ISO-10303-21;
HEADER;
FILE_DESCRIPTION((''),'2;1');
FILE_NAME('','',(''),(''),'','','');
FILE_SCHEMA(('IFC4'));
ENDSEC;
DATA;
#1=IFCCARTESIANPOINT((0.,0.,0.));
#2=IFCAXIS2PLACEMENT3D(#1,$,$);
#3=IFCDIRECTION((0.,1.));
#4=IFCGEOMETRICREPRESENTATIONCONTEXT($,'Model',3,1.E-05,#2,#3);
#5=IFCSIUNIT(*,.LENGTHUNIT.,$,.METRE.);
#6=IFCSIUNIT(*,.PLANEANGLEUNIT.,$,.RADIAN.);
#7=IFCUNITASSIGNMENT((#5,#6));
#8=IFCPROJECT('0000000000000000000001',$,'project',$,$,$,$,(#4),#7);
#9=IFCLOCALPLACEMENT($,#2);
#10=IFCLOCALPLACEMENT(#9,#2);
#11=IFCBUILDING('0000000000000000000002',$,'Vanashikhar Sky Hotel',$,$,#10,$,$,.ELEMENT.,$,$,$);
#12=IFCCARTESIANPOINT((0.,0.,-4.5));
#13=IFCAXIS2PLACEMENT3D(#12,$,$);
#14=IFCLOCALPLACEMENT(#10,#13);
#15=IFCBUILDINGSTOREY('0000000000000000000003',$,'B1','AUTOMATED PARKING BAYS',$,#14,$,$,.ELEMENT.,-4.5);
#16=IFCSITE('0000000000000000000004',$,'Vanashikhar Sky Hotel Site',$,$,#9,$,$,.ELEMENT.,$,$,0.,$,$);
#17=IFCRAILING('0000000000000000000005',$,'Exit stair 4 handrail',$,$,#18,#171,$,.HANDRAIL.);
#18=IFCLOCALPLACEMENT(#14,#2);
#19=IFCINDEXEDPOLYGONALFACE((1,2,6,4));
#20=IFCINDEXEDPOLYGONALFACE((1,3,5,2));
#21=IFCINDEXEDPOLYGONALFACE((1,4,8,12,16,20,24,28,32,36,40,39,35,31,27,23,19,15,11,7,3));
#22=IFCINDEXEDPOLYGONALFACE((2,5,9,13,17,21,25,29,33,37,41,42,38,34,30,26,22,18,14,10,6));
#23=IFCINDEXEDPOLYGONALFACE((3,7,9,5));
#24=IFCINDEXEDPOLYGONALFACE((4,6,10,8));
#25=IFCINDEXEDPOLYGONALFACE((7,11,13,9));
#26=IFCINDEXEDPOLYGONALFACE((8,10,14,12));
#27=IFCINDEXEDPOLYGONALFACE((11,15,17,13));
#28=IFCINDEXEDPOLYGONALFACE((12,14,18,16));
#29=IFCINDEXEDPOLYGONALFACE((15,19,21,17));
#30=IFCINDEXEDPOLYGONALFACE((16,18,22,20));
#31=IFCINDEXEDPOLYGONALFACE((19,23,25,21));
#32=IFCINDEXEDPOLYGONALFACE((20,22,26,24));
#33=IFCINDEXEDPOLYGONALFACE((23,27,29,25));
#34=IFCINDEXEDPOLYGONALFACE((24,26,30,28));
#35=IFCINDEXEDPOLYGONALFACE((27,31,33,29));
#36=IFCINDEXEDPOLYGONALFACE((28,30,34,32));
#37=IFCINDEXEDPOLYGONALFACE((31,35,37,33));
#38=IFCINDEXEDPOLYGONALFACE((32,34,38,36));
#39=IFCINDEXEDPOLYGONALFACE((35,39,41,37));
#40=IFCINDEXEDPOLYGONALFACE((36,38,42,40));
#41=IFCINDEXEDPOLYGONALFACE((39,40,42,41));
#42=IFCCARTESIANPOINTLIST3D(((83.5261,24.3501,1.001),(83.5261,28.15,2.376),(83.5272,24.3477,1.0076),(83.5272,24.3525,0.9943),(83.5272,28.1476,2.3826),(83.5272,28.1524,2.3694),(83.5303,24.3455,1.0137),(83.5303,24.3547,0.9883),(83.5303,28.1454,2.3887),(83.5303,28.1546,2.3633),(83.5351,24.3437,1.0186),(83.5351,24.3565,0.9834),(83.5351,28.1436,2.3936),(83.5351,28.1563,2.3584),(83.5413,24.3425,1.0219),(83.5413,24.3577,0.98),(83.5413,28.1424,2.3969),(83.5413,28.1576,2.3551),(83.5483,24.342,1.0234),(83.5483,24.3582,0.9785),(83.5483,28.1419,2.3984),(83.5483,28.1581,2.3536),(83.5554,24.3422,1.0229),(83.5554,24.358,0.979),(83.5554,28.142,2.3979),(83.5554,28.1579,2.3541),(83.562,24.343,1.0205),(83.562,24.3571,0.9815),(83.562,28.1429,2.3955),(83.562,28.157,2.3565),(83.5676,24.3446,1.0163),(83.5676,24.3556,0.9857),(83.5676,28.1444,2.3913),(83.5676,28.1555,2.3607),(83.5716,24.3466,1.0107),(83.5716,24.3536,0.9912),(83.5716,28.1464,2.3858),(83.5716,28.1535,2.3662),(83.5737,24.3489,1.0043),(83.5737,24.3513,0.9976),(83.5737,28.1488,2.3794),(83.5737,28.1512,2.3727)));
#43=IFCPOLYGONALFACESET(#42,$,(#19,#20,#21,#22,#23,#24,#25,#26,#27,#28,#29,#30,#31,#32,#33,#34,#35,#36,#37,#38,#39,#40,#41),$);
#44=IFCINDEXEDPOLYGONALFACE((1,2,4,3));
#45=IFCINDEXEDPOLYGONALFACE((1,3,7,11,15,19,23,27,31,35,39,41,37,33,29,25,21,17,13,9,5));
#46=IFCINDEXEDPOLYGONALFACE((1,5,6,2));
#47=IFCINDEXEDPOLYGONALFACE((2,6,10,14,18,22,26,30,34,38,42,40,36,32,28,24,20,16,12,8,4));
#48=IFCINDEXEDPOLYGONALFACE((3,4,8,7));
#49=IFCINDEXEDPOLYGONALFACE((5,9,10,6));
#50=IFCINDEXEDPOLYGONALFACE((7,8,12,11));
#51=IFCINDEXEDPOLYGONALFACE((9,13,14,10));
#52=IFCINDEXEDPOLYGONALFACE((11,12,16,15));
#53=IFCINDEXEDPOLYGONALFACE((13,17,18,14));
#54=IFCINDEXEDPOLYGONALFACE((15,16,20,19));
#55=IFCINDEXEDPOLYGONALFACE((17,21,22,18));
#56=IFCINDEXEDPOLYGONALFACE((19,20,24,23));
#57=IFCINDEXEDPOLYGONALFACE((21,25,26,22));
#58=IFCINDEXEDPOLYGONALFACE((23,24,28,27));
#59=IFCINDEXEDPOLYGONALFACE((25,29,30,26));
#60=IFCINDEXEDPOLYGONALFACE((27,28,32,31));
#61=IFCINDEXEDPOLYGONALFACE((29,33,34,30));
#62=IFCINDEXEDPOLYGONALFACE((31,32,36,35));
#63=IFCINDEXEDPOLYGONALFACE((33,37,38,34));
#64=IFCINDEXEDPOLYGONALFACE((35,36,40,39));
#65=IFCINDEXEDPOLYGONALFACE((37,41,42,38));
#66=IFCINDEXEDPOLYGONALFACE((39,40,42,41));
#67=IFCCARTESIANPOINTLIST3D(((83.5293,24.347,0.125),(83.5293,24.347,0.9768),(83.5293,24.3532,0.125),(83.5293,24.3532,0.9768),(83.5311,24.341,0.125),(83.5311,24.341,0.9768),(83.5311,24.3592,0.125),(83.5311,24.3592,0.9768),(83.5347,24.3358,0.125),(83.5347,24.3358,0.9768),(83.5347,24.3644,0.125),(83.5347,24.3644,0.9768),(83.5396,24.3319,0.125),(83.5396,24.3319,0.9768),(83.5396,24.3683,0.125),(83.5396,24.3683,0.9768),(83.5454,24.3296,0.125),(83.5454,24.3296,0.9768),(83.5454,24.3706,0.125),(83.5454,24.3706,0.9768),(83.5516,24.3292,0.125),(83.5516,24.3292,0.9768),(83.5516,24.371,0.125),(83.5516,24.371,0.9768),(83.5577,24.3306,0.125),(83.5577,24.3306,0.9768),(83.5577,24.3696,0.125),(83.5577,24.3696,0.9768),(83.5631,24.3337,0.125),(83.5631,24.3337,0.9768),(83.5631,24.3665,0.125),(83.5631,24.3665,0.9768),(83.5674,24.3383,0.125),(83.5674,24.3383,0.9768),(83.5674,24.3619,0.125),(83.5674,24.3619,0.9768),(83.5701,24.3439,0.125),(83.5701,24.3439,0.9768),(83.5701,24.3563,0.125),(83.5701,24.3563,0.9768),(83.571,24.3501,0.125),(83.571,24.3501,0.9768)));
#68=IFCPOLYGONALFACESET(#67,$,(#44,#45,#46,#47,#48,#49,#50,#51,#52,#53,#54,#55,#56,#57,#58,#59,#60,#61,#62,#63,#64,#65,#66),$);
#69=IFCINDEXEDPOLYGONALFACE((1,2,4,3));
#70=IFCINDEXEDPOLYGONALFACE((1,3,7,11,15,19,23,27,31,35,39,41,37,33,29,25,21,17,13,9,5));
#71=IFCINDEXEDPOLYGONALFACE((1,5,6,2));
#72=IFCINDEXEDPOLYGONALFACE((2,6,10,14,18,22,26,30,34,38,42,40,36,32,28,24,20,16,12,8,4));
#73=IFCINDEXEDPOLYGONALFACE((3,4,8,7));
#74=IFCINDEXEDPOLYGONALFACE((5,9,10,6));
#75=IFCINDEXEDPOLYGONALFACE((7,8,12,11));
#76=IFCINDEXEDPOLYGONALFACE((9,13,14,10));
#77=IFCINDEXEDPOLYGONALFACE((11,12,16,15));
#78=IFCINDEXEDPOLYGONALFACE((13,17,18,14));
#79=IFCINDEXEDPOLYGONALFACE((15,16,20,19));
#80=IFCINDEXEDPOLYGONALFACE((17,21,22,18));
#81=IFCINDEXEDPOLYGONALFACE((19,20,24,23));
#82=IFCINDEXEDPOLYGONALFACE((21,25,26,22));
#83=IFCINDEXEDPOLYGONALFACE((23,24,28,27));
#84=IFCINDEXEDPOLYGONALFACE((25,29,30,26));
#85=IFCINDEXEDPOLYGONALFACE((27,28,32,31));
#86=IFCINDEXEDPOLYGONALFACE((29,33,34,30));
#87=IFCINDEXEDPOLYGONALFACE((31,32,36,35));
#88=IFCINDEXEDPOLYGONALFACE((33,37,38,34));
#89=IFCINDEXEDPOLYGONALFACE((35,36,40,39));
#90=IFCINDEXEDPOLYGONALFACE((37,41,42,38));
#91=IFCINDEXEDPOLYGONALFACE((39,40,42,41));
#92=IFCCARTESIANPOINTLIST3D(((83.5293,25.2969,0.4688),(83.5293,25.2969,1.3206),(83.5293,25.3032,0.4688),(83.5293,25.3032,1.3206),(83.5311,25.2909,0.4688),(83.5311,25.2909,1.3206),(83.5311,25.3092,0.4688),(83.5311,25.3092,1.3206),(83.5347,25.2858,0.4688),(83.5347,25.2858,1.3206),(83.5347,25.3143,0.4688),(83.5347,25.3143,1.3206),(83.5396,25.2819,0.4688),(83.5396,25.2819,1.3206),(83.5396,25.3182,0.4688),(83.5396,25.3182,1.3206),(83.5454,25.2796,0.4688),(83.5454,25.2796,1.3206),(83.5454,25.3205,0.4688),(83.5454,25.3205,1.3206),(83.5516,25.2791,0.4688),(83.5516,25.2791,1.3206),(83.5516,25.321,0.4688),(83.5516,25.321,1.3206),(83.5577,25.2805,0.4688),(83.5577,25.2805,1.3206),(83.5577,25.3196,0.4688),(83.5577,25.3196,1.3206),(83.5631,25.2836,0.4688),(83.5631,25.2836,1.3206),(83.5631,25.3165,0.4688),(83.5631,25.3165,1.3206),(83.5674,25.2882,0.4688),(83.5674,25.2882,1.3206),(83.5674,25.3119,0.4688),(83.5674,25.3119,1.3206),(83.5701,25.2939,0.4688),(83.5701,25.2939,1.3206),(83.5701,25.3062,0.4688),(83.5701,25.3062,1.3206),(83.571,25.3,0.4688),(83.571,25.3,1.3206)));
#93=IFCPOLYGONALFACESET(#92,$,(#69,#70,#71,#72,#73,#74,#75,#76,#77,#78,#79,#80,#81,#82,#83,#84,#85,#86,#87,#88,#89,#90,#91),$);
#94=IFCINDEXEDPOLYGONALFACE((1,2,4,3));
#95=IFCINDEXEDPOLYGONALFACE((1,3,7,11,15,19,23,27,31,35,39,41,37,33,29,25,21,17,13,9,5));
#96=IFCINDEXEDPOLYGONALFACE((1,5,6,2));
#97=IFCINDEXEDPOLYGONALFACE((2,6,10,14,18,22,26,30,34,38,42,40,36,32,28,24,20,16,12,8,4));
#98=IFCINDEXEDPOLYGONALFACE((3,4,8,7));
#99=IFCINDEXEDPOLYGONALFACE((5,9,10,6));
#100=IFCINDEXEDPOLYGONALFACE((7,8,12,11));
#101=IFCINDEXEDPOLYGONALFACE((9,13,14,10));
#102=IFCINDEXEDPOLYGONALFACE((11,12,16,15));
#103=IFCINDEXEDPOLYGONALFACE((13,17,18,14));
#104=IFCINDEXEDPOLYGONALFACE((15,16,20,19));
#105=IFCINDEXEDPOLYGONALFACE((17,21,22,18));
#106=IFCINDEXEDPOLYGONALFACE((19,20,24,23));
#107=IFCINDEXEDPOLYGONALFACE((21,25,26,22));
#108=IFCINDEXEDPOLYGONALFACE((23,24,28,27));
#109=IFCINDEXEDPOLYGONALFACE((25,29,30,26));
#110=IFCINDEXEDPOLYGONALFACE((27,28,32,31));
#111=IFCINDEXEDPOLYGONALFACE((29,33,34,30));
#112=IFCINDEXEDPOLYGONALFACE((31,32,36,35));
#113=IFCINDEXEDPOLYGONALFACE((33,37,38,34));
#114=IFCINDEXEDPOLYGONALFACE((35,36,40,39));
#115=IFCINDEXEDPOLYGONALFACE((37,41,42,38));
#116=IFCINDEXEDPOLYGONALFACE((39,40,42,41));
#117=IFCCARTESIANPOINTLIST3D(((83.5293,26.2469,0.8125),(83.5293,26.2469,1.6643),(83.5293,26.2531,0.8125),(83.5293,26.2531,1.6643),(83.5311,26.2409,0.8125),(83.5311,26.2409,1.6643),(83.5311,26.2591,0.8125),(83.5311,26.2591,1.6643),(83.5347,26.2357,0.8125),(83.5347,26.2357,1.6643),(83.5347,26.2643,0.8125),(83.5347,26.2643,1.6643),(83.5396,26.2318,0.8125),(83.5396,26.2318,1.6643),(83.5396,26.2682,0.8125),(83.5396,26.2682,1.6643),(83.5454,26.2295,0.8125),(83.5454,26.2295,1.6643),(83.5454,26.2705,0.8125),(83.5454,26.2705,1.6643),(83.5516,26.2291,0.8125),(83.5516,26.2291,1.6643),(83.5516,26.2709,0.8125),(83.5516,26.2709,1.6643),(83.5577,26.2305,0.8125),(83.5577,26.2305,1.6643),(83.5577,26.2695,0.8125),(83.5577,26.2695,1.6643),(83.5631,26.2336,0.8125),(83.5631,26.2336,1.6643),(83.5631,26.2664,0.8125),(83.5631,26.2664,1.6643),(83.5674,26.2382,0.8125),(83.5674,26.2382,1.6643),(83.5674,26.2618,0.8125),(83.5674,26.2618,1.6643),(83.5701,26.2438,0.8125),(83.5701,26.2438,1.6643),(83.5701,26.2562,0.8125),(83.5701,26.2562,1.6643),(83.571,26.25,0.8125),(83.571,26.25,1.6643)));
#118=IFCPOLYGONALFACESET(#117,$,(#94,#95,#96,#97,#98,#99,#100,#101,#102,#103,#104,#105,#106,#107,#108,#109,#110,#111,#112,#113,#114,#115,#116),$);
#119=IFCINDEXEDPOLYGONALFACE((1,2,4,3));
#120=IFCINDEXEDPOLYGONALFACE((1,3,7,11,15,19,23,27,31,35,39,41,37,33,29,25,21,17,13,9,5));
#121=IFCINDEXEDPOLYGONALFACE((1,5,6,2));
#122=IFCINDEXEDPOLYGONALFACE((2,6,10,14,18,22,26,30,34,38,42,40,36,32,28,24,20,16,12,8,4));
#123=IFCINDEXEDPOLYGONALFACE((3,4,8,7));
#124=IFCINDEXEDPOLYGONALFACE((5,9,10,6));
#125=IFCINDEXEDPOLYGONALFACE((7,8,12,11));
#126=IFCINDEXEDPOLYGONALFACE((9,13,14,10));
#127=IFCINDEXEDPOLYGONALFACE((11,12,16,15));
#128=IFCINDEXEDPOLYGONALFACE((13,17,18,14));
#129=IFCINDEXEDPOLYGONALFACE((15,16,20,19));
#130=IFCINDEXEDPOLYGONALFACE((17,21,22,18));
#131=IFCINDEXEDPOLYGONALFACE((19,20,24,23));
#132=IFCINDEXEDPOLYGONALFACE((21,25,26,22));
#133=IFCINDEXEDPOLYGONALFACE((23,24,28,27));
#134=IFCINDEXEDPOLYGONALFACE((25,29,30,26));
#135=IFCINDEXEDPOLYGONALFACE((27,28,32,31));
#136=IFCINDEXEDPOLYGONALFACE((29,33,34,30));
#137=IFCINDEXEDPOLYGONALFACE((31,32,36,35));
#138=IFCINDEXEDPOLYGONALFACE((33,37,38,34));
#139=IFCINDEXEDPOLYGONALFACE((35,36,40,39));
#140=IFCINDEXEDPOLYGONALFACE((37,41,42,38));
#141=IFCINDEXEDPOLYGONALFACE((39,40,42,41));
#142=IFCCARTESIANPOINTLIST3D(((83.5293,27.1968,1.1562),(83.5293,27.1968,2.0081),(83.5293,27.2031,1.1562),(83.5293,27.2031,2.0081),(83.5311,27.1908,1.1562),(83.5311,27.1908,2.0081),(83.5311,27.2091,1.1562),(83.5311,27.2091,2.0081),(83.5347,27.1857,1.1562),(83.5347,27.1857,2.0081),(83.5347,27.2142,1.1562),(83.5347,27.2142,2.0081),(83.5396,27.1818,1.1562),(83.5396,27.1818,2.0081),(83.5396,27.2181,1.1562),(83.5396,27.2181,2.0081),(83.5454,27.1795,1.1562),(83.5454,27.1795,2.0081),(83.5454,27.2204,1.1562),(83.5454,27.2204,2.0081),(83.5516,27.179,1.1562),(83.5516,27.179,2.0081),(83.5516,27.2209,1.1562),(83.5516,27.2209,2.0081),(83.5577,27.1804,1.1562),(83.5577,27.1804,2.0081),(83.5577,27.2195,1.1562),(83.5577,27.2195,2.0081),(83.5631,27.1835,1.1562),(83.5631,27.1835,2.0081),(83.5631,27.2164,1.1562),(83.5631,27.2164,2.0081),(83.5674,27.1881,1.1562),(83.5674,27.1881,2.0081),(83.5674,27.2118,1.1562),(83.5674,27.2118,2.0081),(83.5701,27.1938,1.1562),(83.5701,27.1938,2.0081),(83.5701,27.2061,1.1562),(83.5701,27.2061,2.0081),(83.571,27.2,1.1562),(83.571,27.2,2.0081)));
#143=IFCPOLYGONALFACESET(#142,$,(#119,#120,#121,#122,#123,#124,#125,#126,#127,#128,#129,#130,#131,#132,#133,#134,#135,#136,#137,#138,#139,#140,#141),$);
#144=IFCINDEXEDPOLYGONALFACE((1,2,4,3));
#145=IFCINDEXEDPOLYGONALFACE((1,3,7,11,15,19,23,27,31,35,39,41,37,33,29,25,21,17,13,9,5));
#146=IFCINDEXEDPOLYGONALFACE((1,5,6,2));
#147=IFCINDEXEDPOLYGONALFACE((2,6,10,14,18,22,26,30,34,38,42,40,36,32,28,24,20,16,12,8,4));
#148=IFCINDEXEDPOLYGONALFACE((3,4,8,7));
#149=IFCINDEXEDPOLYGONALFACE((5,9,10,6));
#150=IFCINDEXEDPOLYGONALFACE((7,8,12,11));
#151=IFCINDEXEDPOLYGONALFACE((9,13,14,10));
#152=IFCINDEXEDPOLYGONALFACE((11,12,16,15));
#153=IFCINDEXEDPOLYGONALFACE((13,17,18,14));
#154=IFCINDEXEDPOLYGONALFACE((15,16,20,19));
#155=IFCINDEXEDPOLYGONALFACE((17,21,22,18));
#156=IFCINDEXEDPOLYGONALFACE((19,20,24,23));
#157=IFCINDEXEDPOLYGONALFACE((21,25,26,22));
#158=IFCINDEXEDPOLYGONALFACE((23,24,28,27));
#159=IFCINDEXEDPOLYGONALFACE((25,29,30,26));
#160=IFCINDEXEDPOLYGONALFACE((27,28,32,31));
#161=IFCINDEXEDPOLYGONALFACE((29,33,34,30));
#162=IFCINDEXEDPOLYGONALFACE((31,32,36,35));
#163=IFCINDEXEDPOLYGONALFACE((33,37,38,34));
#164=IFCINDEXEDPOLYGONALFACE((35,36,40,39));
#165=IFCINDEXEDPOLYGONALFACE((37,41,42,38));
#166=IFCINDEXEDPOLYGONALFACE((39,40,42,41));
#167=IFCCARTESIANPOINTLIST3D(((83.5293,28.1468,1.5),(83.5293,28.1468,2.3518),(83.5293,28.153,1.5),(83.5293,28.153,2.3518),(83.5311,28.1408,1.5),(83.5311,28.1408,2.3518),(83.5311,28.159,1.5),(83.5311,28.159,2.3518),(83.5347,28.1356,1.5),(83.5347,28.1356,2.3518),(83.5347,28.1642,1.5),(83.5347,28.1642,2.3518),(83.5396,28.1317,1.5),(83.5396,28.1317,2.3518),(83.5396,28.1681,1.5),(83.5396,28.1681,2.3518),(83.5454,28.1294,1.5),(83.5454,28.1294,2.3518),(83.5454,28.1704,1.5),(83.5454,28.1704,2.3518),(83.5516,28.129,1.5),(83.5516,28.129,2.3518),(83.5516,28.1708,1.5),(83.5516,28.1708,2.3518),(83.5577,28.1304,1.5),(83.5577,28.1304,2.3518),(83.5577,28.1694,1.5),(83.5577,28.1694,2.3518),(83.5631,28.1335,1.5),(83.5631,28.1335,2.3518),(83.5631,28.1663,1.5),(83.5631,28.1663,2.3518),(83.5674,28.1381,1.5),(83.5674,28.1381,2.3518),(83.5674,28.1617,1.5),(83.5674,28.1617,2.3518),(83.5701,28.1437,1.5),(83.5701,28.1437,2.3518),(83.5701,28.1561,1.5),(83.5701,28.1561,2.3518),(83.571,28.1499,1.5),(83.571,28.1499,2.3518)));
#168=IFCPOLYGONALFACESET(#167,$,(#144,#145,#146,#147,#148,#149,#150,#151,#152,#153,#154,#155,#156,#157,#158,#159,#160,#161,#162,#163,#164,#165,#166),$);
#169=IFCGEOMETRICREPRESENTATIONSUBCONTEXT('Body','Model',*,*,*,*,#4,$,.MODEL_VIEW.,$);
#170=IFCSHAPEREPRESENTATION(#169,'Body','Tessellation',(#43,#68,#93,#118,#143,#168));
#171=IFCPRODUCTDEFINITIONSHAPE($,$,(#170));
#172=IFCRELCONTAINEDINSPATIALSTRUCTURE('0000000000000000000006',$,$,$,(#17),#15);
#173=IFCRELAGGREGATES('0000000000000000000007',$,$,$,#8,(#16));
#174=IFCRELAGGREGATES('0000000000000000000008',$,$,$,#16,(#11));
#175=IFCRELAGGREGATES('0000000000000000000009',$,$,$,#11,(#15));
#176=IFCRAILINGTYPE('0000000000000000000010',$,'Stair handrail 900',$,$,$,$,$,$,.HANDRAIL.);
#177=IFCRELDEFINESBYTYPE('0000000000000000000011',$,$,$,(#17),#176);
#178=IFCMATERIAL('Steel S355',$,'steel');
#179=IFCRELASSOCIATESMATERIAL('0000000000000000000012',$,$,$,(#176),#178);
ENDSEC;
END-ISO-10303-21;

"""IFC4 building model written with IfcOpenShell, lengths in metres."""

from ifc_helpers import new_model, si_unit, direction, frame, origin, origin_2d, place, context, subcontext, project, spatial, circle, extrude, source, transform, mapped, material, type_object, element, save


model = new_model("IFC4")

# Units and contexts
model_context = context("Model", 3, precision=1e-05, world=origin(), true_north=direction((0.0, 1.0)))
body_context = subcontext(model_context, "Body", "Model", "MODEL_VIEW")
ifc_project = project(units=[si_unit("LENGTHUNIT", "METRE"), si_unit("PLANEANGLEUNIT", "RADIAN")], contexts=[model_context])

# Site, building, storey
site_placement = place(None, origin())
site = spatial("IfcSite", under=ifc_project, at=site_placement, Name="Vanashikhar Sky Hotel Site", CompositionType="ELEMENT", RefElevation=0.0)
building_placement = place(site_placement, origin())
building = spatial("IfcBuilding", under=site, at=building_placement, Name="Vanashikhar Sky Hotel", CompositionType="ELEMENT")
storey_placement = place(building_placement, frame((0.0, 0.0, -4.5)))
storey = spatial("IfcBuildingStorey", under=building, at=storey_placement, Name="B1", Description="AUTOMATED PARKING BAYS", CompositionType="ELEMENT", Elevation=-4.5)

# Railing
ifc_material_1 = material(Name="Steel S355", Category="steel")
railing_type_1 = type_object("IfcRailingType", Name="Stair handrail 900", PredefinedType="HANDRAIL", material=ifc_material_1)
shared_shape_1 = source(origin(), body_context, "Body", "SweptSolid", [
    extrude(circle(Radius=0.0239, at=origin_2d()), frame((0.0, 0.0, 0.876), z_axis=(0.0, 0.940329, 0.340268), x_axis=(-1.0, 0.0, 0.0)), (0.0, 0.0, 1.0), 4.041),
    extrude(circle(Radius=0.021, at=origin_2d()), origin(), (0.0, 0.0, 1.0), 0.8518),
    extrude(circle(Radius=0.021, at=origin_2d()), frame((0.0, 0.95, 0.3438)), (0.0, 0.0, 1.0), 0.8518),
    extrude(circle(Radius=0.021, at=origin_2d()), frame((0.0, 1.8999, 0.6875)), (0.0, 0.0, 1.0), 0.8518),
    extrude(circle(Radius=0.021, at=origin_2d()), frame((0.0, 2.8499, 1.0312)), (0.0, 0.0, 1.0), 0.8518),
    extrude(circle(Radius=0.021, at=origin_2d()), frame((0.0, 3.7998, 1.375)), (0.0, 0.0, 1.0), 0.8518),
])
for number, where, name in (
    (1, (83.55, 24.3501, 0.125), "Exit stair 4 handrail"),
):
    element("IfcRailing", number, at=place(storey_placement, frame(where)), inside=storey, type_object=railing_type_1, Name=name, PredefinedType="HANDRAIL", context=body_context, shape_type="MappedRepresentation", body=[
        mapped(shared_shape_1, transform((0.0, 0.0, 0.0), scale=1.0)),
    ])

save(model, "model.ifc")
